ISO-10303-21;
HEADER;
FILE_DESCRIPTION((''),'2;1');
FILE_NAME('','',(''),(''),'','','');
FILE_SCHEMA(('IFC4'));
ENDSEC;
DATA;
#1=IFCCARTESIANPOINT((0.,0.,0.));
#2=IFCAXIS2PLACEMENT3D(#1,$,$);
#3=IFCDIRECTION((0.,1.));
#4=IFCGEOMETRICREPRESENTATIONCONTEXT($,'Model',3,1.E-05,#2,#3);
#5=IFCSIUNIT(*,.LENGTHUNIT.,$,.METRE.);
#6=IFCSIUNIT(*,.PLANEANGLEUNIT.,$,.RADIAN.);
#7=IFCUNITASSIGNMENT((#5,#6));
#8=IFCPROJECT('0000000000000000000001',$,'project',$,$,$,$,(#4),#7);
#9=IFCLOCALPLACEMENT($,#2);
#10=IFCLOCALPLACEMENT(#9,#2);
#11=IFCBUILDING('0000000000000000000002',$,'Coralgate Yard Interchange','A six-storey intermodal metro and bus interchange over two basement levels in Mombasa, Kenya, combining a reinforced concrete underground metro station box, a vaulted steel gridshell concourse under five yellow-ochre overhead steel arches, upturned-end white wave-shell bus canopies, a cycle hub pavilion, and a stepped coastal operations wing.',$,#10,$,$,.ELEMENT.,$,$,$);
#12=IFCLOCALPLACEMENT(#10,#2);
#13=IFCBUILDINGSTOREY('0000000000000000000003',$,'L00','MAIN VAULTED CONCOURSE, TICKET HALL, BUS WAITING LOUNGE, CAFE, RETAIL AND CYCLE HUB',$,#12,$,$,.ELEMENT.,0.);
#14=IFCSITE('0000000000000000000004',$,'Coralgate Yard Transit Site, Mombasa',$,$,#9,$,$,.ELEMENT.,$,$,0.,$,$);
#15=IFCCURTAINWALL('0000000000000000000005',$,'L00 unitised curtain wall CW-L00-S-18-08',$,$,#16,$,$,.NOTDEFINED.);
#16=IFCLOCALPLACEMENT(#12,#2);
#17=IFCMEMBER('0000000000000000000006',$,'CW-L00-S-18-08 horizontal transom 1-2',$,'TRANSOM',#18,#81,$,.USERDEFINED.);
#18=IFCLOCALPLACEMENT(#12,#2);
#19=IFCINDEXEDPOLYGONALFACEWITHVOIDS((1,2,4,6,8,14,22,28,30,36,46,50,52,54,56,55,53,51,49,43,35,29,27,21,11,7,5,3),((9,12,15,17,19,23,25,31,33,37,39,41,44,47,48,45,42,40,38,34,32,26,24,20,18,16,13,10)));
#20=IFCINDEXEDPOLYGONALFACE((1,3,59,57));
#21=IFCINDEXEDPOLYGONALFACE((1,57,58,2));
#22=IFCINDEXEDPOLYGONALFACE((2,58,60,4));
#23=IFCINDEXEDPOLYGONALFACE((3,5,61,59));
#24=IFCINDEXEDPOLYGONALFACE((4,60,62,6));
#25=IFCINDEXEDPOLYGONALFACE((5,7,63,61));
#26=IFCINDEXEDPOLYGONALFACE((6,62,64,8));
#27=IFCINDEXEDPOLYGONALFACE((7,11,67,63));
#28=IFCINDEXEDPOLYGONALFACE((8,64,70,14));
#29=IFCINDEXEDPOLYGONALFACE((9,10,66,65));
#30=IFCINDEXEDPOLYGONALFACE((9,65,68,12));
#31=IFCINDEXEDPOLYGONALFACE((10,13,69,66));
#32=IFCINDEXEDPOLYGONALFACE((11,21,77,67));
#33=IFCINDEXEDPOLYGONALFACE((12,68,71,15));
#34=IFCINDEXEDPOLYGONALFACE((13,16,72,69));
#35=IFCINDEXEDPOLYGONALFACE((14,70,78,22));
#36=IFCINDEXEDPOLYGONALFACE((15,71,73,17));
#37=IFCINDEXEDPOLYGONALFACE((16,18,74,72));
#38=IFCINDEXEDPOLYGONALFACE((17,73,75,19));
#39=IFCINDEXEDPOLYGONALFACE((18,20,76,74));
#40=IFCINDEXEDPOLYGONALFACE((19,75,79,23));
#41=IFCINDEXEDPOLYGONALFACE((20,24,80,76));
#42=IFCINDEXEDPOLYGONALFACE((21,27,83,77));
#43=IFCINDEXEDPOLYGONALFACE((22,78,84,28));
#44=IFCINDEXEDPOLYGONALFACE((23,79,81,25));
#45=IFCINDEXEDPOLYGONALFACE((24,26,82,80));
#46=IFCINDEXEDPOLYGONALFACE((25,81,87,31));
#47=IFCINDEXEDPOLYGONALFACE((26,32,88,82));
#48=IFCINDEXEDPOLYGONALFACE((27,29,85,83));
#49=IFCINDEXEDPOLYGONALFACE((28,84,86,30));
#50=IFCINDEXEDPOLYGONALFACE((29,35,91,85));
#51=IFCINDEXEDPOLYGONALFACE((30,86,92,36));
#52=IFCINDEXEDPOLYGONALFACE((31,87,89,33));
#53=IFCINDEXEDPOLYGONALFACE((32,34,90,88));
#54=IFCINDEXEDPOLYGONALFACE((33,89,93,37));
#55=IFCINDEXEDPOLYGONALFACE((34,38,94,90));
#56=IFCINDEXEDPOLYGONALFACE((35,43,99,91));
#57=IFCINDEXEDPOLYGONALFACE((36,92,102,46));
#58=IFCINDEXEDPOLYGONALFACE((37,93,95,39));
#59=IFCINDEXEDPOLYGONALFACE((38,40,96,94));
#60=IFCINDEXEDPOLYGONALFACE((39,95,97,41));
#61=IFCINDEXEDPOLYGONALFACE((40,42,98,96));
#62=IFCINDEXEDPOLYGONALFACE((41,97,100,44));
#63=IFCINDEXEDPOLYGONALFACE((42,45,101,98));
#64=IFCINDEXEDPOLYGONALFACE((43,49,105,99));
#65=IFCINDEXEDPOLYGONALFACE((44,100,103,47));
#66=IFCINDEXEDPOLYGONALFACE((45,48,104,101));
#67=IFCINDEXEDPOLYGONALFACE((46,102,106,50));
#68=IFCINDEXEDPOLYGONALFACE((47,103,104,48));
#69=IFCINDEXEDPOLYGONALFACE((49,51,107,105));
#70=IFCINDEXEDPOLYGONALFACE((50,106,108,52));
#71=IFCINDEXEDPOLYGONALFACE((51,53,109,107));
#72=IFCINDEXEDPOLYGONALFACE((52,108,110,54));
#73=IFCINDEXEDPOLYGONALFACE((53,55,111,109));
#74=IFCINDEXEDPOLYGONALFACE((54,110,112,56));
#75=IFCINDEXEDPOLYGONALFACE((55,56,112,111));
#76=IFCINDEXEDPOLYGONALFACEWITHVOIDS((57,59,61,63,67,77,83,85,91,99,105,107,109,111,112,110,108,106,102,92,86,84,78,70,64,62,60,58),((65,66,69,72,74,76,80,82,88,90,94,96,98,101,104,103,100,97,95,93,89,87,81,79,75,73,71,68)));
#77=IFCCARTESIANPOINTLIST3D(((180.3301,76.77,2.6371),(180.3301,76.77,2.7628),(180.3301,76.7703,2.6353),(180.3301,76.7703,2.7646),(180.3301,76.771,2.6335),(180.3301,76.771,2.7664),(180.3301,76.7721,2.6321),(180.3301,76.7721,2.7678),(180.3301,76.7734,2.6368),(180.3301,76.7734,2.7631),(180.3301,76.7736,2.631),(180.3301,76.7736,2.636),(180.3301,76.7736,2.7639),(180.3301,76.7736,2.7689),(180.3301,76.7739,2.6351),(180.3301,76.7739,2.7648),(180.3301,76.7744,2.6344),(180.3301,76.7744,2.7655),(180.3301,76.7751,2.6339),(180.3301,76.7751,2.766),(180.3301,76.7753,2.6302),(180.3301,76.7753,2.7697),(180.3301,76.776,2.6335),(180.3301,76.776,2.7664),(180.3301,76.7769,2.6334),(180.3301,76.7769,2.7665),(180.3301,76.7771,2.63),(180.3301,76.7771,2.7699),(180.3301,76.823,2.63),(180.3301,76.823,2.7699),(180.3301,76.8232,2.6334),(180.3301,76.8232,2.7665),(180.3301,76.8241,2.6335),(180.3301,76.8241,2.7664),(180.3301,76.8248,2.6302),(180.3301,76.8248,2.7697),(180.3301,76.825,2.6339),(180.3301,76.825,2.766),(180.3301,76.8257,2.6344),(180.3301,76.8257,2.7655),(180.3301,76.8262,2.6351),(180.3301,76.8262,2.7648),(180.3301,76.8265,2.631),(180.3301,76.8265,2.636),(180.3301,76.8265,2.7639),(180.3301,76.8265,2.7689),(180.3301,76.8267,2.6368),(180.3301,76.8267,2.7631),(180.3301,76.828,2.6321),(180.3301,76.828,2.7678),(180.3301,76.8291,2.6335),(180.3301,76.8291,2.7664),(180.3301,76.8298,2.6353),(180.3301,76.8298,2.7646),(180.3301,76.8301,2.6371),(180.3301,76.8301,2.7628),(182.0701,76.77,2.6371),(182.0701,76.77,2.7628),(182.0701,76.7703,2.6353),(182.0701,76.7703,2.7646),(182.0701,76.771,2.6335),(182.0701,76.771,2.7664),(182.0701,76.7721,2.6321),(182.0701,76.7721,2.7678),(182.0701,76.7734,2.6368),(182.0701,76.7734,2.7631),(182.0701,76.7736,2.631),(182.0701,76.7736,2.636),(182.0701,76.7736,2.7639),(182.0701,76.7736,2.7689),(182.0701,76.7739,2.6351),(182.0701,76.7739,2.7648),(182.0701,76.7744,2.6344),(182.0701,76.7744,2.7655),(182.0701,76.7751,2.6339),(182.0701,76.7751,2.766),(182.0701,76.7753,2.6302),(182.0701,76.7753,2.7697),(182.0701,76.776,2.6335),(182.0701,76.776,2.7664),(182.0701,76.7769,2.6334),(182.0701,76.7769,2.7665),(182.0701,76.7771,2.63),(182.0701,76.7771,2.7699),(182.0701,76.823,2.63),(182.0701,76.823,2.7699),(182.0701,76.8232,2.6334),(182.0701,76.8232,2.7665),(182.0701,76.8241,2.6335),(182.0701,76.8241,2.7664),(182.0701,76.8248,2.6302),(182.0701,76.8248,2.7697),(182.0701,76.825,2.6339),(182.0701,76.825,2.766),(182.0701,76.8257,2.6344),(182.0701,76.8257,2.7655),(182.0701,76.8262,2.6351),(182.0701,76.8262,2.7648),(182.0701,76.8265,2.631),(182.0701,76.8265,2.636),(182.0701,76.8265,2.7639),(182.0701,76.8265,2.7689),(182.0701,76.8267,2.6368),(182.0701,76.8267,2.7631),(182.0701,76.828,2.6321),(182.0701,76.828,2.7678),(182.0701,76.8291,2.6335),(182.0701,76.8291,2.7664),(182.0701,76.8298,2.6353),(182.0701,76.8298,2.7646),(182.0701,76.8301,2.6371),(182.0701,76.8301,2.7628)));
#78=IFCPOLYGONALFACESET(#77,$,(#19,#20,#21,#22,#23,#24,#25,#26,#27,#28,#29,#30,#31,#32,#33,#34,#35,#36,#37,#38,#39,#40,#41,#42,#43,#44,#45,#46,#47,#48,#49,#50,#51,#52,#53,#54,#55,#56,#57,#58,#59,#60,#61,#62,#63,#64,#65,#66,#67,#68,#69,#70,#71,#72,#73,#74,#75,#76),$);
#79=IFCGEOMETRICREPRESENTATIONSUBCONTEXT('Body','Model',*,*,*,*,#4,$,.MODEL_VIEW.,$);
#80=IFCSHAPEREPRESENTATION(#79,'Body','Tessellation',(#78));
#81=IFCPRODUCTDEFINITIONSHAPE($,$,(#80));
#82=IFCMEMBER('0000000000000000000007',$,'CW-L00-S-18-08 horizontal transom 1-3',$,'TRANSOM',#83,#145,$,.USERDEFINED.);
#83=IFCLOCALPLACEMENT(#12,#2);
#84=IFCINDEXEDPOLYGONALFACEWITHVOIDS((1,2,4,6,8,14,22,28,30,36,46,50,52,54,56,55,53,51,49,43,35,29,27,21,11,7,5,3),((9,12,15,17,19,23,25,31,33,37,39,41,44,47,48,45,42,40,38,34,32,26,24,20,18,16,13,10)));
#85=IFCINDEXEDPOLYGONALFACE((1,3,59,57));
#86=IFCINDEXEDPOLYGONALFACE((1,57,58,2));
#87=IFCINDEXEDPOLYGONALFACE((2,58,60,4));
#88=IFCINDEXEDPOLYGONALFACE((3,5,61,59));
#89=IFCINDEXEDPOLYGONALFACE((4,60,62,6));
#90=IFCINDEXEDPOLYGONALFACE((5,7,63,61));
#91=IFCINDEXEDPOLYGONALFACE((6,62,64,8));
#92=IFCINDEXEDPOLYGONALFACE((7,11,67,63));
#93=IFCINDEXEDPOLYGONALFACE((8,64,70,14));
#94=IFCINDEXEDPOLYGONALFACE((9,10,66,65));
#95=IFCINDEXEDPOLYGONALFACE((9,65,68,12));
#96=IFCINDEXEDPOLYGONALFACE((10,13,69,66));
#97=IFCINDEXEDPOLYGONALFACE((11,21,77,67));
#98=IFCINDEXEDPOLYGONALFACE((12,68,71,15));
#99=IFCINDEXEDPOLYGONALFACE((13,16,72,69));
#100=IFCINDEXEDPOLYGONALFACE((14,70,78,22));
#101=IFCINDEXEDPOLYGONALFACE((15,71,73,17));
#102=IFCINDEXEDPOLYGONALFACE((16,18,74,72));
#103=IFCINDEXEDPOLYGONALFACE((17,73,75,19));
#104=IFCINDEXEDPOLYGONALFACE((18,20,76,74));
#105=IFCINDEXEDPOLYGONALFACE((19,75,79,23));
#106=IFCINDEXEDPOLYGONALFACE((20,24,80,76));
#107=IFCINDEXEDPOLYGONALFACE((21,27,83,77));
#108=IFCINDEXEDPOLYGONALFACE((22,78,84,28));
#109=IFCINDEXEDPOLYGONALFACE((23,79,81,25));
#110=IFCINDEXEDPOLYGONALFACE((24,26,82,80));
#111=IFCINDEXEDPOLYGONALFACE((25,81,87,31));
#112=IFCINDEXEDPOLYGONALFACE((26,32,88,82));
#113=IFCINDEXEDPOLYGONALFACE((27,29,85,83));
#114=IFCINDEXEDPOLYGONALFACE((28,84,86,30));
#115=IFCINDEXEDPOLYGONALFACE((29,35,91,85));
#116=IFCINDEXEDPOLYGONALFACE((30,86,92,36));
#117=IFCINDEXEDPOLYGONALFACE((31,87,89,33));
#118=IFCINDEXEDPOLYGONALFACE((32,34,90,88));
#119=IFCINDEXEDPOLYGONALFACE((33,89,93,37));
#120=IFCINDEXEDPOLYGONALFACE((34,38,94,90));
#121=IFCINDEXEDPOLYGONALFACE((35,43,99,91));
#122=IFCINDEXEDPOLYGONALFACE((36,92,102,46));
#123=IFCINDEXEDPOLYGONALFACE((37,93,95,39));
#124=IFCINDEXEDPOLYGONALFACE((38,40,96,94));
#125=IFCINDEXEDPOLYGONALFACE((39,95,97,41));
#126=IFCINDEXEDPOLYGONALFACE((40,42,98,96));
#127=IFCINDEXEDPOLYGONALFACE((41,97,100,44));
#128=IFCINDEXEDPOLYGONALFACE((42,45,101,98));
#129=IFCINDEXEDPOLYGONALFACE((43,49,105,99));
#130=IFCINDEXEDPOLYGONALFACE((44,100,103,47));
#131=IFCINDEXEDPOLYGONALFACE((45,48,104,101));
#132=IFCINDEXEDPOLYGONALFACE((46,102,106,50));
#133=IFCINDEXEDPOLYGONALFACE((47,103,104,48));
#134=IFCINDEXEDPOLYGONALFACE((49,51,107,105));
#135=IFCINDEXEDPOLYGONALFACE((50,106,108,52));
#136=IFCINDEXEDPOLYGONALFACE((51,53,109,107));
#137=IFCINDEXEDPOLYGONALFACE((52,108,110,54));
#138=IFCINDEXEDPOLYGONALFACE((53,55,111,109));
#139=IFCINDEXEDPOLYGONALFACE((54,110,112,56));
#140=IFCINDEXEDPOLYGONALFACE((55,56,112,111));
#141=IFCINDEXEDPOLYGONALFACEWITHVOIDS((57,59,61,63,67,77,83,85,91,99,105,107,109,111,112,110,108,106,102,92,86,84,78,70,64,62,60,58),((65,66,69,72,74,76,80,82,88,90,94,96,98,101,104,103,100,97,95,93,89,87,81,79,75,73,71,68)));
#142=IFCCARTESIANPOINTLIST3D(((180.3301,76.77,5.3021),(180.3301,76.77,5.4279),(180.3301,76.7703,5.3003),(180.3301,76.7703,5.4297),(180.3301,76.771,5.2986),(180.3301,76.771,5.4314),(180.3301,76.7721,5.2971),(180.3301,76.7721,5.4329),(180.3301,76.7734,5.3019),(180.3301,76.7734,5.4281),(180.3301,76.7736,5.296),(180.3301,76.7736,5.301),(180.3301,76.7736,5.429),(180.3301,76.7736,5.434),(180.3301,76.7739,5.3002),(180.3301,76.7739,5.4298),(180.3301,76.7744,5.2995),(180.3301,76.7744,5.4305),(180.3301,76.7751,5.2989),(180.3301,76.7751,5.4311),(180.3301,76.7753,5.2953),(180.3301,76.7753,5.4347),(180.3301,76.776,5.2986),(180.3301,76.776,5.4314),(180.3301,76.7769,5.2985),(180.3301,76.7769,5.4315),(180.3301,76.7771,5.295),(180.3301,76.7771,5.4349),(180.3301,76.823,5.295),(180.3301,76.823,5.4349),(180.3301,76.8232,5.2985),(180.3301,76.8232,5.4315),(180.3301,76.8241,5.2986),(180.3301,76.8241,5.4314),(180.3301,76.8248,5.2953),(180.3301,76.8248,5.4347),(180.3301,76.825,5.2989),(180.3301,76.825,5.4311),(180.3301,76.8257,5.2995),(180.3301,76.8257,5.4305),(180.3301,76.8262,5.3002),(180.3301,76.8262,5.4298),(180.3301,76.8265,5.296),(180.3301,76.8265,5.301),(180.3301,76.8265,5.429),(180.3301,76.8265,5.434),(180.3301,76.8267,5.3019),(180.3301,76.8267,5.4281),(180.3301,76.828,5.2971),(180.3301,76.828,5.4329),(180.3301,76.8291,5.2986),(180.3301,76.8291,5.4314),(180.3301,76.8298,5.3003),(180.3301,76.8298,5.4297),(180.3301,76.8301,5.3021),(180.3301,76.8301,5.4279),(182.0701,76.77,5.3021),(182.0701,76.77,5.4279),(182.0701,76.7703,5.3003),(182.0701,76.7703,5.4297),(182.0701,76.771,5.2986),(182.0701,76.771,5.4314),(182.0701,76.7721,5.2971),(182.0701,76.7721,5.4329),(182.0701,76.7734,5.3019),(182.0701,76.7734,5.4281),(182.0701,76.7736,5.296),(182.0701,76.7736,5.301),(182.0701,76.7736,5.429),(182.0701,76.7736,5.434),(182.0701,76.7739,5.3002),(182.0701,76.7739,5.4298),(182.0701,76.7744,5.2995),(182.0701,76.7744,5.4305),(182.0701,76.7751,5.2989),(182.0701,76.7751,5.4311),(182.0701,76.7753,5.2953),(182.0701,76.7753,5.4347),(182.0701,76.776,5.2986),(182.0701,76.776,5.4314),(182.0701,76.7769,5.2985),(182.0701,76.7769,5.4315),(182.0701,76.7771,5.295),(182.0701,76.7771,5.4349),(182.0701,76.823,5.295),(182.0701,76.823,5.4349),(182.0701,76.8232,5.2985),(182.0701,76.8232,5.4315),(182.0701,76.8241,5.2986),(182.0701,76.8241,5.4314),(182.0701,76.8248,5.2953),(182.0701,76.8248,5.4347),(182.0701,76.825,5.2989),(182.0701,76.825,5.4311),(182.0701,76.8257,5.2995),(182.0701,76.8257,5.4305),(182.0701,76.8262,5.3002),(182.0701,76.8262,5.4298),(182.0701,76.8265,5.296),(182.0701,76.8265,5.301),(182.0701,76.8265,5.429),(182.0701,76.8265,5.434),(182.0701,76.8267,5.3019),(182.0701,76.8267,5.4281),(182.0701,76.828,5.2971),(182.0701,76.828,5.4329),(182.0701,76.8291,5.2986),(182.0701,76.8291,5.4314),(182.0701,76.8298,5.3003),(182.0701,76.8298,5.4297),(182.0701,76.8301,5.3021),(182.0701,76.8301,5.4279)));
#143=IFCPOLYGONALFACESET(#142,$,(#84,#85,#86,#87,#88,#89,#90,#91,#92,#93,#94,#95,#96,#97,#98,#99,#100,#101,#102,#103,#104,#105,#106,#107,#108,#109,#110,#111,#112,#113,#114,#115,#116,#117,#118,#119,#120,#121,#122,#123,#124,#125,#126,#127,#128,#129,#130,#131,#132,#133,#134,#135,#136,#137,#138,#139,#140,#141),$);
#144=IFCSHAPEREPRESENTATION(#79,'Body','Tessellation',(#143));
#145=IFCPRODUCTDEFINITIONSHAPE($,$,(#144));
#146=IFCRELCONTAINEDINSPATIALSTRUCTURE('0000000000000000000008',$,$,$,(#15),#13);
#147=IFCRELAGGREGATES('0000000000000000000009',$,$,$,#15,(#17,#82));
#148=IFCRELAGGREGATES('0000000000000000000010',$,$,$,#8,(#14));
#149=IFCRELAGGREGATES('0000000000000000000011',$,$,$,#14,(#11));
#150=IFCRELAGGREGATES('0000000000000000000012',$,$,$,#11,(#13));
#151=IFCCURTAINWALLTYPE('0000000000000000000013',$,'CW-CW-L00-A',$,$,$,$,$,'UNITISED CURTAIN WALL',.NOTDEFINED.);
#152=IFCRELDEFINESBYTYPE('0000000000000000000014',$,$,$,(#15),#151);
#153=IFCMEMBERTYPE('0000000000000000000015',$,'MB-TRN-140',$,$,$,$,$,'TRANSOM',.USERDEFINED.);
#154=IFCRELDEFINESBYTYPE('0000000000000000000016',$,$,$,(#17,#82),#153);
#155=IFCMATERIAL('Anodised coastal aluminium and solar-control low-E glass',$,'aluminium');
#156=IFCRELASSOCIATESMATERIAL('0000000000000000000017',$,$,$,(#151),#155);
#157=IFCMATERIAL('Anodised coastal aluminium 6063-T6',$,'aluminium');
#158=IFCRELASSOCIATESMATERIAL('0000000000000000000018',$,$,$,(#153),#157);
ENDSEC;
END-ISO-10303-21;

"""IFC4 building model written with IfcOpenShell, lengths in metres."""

from ifc_helpers import new_model, si_unit, direction, frame, origin, origin_2d, place, context, subcontext, project, spatial, hollow_rectangle, extrude, material, material_profile, profile_set, type_object, element, aggregate, save


model = new_model("IFC4")

# Units and contexts
model_context = context("Model", 3, precision=1e-05, world=origin(), true_north=direction((0.0, 1.0)))
body_context = subcontext(model_context, "Body", "Model", "MODEL_VIEW")
ifc_project = project(units=[si_unit("LENGTHUNIT", "METRE"), si_unit("PLANEANGLEUNIT", "RADIAN")], contexts=[model_context])

# Site, building, storey
site_placement = place(None, origin())
site = spatial("IfcSite", under=ifc_project, at=site_placement, Name="Coralgate Yard Transit Site, Mombasa", CompositionType="ELEMENT", RefElevation=0.0)
building_placement = place(site_placement, origin())
building = spatial("IfcBuilding", under=site, at=building_placement, Name="Coralgate Yard Interchange", Description="A six-storey intermodal metro and bus interchange over two basement levels in Mombasa, Kenya, combining a reinforced concrete underground metro station box, a vaulted steel gridshell concourse under five yellow-ochre overhead steel arches, upturned-end white wave-shell bus canopies, a cycle hub pavilion, and a stepped coastal operations wing.", CompositionType="ELEMENT")
storey_placement = place(building_placement, origin())
storey = spatial("IfcBuildingStorey", under=building, at=storey_placement, Name="L00", Description="MAIN VAULTED CONCOURSE, TICKET HALL, BUS WAITING LOUNGE, CAFE, RETAIL AND CYCLE HUB", CompositionType="ELEMENT", Elevation=0.0)

# Curtain wall
ifc_material_1 = material(Name="Anodised coastal aluminium and solar-control low-E glass", Category="aluminium")
curtain_wall_type_1 = type_object("IfcCurtainWallType", Name="CW-CW-L00-A", ElementType="UNITISED CURTAIN WALL", PredefinedType="NOTDEFINED", material=ifc_material_1)
curtain_wall_1_placement = place(storey_placement, origin())
curtain_wall_1 = element("IfcCurtainWall", 1, at=curtain_wall_1_placement, inside=storey, type_object=curtain_wall_type_1, Name="L00 unitised curtain wall CW-L00-S-18-08", PredefinedType="NOTDEFINED")
ifc_material_2 = material(Name="Anodised coastal aluminium 6063-T6", Category="aluminium")

# Members
ifc_material_profile_1 = material_profile(ifc_material_2, hollow_rectangle(XDim=0.0601, YDim=0.1399, WallThickness=0.0034, InnerFilletRadius=0.0034, OuterFilletRadius=0.0071, at=origin_2d()), Name="ALU 60x140x3.5")
ifc_profile_set_1 = profile_set([ifc_material_profile_1], Name="Anodised coastal aluminium 6063-T6")
member_type_1 = type_object("IfcMemberType", Name="MB-TRN-140", ElementType="TRANSOM", PredefinedType="USERDEFINED", material=ifc_profile_set_1)
member_1_placement = place(storey_placement, frame((182.0701, 76.8, 2.7), z_axis=(-1.0, 0.0, 0.0), x_axis=(0.0, -1.0, 0.0)))
member_1 = element("IfcMember", 2, at=member_1_placement, type_object=member_type_1, Name="CW-L00-S-18-08 horizontal transom 1-2", ObjectType="TRANSOM", PredefinedType="USERDEFINED", context=body_context, shape_type="SweptSolid", body=[
    extrude(hollow_rectangle(XDim=0.0601, YDim=0.1399, WallThickness=0.0034, InnerFilletRadius=0.0034, OuterFilletRadius=0.0071, at=origin_2d()), origin(), (0.0, 0.0, 1.0), 1.74),
])
member_2_placement = place(storey_placement, frame((182.0701, 76.8, 5.365), z_axis=(-1.0, 0.0, 0.0), x_axis=(0.0, -1.0, 0.0)))
member_2 = element("IfcMember", 3, at=member_2_placement, type_object=member_type_1, Name="CW-L00-S-18-08 horizontal transom 1-3", ObjectType="TRANSOM", PredefinedType="USERDEFINED", context=body_context, shape_type="SweptSolid", body=[
    extrude(hollow_rectangle(XDim=0.0601, YDim=0.1399, WallThickness=0.0034, InnerFilletRadius=0.0034, OuterFilletRadius=0.0071, at=origin_2d()), origin(), (0.0, 0.0, 1.0), 1.74),
])

aggregate(curtain_wall_1, [member_1, member_2])

save(model, "model.ifc")
